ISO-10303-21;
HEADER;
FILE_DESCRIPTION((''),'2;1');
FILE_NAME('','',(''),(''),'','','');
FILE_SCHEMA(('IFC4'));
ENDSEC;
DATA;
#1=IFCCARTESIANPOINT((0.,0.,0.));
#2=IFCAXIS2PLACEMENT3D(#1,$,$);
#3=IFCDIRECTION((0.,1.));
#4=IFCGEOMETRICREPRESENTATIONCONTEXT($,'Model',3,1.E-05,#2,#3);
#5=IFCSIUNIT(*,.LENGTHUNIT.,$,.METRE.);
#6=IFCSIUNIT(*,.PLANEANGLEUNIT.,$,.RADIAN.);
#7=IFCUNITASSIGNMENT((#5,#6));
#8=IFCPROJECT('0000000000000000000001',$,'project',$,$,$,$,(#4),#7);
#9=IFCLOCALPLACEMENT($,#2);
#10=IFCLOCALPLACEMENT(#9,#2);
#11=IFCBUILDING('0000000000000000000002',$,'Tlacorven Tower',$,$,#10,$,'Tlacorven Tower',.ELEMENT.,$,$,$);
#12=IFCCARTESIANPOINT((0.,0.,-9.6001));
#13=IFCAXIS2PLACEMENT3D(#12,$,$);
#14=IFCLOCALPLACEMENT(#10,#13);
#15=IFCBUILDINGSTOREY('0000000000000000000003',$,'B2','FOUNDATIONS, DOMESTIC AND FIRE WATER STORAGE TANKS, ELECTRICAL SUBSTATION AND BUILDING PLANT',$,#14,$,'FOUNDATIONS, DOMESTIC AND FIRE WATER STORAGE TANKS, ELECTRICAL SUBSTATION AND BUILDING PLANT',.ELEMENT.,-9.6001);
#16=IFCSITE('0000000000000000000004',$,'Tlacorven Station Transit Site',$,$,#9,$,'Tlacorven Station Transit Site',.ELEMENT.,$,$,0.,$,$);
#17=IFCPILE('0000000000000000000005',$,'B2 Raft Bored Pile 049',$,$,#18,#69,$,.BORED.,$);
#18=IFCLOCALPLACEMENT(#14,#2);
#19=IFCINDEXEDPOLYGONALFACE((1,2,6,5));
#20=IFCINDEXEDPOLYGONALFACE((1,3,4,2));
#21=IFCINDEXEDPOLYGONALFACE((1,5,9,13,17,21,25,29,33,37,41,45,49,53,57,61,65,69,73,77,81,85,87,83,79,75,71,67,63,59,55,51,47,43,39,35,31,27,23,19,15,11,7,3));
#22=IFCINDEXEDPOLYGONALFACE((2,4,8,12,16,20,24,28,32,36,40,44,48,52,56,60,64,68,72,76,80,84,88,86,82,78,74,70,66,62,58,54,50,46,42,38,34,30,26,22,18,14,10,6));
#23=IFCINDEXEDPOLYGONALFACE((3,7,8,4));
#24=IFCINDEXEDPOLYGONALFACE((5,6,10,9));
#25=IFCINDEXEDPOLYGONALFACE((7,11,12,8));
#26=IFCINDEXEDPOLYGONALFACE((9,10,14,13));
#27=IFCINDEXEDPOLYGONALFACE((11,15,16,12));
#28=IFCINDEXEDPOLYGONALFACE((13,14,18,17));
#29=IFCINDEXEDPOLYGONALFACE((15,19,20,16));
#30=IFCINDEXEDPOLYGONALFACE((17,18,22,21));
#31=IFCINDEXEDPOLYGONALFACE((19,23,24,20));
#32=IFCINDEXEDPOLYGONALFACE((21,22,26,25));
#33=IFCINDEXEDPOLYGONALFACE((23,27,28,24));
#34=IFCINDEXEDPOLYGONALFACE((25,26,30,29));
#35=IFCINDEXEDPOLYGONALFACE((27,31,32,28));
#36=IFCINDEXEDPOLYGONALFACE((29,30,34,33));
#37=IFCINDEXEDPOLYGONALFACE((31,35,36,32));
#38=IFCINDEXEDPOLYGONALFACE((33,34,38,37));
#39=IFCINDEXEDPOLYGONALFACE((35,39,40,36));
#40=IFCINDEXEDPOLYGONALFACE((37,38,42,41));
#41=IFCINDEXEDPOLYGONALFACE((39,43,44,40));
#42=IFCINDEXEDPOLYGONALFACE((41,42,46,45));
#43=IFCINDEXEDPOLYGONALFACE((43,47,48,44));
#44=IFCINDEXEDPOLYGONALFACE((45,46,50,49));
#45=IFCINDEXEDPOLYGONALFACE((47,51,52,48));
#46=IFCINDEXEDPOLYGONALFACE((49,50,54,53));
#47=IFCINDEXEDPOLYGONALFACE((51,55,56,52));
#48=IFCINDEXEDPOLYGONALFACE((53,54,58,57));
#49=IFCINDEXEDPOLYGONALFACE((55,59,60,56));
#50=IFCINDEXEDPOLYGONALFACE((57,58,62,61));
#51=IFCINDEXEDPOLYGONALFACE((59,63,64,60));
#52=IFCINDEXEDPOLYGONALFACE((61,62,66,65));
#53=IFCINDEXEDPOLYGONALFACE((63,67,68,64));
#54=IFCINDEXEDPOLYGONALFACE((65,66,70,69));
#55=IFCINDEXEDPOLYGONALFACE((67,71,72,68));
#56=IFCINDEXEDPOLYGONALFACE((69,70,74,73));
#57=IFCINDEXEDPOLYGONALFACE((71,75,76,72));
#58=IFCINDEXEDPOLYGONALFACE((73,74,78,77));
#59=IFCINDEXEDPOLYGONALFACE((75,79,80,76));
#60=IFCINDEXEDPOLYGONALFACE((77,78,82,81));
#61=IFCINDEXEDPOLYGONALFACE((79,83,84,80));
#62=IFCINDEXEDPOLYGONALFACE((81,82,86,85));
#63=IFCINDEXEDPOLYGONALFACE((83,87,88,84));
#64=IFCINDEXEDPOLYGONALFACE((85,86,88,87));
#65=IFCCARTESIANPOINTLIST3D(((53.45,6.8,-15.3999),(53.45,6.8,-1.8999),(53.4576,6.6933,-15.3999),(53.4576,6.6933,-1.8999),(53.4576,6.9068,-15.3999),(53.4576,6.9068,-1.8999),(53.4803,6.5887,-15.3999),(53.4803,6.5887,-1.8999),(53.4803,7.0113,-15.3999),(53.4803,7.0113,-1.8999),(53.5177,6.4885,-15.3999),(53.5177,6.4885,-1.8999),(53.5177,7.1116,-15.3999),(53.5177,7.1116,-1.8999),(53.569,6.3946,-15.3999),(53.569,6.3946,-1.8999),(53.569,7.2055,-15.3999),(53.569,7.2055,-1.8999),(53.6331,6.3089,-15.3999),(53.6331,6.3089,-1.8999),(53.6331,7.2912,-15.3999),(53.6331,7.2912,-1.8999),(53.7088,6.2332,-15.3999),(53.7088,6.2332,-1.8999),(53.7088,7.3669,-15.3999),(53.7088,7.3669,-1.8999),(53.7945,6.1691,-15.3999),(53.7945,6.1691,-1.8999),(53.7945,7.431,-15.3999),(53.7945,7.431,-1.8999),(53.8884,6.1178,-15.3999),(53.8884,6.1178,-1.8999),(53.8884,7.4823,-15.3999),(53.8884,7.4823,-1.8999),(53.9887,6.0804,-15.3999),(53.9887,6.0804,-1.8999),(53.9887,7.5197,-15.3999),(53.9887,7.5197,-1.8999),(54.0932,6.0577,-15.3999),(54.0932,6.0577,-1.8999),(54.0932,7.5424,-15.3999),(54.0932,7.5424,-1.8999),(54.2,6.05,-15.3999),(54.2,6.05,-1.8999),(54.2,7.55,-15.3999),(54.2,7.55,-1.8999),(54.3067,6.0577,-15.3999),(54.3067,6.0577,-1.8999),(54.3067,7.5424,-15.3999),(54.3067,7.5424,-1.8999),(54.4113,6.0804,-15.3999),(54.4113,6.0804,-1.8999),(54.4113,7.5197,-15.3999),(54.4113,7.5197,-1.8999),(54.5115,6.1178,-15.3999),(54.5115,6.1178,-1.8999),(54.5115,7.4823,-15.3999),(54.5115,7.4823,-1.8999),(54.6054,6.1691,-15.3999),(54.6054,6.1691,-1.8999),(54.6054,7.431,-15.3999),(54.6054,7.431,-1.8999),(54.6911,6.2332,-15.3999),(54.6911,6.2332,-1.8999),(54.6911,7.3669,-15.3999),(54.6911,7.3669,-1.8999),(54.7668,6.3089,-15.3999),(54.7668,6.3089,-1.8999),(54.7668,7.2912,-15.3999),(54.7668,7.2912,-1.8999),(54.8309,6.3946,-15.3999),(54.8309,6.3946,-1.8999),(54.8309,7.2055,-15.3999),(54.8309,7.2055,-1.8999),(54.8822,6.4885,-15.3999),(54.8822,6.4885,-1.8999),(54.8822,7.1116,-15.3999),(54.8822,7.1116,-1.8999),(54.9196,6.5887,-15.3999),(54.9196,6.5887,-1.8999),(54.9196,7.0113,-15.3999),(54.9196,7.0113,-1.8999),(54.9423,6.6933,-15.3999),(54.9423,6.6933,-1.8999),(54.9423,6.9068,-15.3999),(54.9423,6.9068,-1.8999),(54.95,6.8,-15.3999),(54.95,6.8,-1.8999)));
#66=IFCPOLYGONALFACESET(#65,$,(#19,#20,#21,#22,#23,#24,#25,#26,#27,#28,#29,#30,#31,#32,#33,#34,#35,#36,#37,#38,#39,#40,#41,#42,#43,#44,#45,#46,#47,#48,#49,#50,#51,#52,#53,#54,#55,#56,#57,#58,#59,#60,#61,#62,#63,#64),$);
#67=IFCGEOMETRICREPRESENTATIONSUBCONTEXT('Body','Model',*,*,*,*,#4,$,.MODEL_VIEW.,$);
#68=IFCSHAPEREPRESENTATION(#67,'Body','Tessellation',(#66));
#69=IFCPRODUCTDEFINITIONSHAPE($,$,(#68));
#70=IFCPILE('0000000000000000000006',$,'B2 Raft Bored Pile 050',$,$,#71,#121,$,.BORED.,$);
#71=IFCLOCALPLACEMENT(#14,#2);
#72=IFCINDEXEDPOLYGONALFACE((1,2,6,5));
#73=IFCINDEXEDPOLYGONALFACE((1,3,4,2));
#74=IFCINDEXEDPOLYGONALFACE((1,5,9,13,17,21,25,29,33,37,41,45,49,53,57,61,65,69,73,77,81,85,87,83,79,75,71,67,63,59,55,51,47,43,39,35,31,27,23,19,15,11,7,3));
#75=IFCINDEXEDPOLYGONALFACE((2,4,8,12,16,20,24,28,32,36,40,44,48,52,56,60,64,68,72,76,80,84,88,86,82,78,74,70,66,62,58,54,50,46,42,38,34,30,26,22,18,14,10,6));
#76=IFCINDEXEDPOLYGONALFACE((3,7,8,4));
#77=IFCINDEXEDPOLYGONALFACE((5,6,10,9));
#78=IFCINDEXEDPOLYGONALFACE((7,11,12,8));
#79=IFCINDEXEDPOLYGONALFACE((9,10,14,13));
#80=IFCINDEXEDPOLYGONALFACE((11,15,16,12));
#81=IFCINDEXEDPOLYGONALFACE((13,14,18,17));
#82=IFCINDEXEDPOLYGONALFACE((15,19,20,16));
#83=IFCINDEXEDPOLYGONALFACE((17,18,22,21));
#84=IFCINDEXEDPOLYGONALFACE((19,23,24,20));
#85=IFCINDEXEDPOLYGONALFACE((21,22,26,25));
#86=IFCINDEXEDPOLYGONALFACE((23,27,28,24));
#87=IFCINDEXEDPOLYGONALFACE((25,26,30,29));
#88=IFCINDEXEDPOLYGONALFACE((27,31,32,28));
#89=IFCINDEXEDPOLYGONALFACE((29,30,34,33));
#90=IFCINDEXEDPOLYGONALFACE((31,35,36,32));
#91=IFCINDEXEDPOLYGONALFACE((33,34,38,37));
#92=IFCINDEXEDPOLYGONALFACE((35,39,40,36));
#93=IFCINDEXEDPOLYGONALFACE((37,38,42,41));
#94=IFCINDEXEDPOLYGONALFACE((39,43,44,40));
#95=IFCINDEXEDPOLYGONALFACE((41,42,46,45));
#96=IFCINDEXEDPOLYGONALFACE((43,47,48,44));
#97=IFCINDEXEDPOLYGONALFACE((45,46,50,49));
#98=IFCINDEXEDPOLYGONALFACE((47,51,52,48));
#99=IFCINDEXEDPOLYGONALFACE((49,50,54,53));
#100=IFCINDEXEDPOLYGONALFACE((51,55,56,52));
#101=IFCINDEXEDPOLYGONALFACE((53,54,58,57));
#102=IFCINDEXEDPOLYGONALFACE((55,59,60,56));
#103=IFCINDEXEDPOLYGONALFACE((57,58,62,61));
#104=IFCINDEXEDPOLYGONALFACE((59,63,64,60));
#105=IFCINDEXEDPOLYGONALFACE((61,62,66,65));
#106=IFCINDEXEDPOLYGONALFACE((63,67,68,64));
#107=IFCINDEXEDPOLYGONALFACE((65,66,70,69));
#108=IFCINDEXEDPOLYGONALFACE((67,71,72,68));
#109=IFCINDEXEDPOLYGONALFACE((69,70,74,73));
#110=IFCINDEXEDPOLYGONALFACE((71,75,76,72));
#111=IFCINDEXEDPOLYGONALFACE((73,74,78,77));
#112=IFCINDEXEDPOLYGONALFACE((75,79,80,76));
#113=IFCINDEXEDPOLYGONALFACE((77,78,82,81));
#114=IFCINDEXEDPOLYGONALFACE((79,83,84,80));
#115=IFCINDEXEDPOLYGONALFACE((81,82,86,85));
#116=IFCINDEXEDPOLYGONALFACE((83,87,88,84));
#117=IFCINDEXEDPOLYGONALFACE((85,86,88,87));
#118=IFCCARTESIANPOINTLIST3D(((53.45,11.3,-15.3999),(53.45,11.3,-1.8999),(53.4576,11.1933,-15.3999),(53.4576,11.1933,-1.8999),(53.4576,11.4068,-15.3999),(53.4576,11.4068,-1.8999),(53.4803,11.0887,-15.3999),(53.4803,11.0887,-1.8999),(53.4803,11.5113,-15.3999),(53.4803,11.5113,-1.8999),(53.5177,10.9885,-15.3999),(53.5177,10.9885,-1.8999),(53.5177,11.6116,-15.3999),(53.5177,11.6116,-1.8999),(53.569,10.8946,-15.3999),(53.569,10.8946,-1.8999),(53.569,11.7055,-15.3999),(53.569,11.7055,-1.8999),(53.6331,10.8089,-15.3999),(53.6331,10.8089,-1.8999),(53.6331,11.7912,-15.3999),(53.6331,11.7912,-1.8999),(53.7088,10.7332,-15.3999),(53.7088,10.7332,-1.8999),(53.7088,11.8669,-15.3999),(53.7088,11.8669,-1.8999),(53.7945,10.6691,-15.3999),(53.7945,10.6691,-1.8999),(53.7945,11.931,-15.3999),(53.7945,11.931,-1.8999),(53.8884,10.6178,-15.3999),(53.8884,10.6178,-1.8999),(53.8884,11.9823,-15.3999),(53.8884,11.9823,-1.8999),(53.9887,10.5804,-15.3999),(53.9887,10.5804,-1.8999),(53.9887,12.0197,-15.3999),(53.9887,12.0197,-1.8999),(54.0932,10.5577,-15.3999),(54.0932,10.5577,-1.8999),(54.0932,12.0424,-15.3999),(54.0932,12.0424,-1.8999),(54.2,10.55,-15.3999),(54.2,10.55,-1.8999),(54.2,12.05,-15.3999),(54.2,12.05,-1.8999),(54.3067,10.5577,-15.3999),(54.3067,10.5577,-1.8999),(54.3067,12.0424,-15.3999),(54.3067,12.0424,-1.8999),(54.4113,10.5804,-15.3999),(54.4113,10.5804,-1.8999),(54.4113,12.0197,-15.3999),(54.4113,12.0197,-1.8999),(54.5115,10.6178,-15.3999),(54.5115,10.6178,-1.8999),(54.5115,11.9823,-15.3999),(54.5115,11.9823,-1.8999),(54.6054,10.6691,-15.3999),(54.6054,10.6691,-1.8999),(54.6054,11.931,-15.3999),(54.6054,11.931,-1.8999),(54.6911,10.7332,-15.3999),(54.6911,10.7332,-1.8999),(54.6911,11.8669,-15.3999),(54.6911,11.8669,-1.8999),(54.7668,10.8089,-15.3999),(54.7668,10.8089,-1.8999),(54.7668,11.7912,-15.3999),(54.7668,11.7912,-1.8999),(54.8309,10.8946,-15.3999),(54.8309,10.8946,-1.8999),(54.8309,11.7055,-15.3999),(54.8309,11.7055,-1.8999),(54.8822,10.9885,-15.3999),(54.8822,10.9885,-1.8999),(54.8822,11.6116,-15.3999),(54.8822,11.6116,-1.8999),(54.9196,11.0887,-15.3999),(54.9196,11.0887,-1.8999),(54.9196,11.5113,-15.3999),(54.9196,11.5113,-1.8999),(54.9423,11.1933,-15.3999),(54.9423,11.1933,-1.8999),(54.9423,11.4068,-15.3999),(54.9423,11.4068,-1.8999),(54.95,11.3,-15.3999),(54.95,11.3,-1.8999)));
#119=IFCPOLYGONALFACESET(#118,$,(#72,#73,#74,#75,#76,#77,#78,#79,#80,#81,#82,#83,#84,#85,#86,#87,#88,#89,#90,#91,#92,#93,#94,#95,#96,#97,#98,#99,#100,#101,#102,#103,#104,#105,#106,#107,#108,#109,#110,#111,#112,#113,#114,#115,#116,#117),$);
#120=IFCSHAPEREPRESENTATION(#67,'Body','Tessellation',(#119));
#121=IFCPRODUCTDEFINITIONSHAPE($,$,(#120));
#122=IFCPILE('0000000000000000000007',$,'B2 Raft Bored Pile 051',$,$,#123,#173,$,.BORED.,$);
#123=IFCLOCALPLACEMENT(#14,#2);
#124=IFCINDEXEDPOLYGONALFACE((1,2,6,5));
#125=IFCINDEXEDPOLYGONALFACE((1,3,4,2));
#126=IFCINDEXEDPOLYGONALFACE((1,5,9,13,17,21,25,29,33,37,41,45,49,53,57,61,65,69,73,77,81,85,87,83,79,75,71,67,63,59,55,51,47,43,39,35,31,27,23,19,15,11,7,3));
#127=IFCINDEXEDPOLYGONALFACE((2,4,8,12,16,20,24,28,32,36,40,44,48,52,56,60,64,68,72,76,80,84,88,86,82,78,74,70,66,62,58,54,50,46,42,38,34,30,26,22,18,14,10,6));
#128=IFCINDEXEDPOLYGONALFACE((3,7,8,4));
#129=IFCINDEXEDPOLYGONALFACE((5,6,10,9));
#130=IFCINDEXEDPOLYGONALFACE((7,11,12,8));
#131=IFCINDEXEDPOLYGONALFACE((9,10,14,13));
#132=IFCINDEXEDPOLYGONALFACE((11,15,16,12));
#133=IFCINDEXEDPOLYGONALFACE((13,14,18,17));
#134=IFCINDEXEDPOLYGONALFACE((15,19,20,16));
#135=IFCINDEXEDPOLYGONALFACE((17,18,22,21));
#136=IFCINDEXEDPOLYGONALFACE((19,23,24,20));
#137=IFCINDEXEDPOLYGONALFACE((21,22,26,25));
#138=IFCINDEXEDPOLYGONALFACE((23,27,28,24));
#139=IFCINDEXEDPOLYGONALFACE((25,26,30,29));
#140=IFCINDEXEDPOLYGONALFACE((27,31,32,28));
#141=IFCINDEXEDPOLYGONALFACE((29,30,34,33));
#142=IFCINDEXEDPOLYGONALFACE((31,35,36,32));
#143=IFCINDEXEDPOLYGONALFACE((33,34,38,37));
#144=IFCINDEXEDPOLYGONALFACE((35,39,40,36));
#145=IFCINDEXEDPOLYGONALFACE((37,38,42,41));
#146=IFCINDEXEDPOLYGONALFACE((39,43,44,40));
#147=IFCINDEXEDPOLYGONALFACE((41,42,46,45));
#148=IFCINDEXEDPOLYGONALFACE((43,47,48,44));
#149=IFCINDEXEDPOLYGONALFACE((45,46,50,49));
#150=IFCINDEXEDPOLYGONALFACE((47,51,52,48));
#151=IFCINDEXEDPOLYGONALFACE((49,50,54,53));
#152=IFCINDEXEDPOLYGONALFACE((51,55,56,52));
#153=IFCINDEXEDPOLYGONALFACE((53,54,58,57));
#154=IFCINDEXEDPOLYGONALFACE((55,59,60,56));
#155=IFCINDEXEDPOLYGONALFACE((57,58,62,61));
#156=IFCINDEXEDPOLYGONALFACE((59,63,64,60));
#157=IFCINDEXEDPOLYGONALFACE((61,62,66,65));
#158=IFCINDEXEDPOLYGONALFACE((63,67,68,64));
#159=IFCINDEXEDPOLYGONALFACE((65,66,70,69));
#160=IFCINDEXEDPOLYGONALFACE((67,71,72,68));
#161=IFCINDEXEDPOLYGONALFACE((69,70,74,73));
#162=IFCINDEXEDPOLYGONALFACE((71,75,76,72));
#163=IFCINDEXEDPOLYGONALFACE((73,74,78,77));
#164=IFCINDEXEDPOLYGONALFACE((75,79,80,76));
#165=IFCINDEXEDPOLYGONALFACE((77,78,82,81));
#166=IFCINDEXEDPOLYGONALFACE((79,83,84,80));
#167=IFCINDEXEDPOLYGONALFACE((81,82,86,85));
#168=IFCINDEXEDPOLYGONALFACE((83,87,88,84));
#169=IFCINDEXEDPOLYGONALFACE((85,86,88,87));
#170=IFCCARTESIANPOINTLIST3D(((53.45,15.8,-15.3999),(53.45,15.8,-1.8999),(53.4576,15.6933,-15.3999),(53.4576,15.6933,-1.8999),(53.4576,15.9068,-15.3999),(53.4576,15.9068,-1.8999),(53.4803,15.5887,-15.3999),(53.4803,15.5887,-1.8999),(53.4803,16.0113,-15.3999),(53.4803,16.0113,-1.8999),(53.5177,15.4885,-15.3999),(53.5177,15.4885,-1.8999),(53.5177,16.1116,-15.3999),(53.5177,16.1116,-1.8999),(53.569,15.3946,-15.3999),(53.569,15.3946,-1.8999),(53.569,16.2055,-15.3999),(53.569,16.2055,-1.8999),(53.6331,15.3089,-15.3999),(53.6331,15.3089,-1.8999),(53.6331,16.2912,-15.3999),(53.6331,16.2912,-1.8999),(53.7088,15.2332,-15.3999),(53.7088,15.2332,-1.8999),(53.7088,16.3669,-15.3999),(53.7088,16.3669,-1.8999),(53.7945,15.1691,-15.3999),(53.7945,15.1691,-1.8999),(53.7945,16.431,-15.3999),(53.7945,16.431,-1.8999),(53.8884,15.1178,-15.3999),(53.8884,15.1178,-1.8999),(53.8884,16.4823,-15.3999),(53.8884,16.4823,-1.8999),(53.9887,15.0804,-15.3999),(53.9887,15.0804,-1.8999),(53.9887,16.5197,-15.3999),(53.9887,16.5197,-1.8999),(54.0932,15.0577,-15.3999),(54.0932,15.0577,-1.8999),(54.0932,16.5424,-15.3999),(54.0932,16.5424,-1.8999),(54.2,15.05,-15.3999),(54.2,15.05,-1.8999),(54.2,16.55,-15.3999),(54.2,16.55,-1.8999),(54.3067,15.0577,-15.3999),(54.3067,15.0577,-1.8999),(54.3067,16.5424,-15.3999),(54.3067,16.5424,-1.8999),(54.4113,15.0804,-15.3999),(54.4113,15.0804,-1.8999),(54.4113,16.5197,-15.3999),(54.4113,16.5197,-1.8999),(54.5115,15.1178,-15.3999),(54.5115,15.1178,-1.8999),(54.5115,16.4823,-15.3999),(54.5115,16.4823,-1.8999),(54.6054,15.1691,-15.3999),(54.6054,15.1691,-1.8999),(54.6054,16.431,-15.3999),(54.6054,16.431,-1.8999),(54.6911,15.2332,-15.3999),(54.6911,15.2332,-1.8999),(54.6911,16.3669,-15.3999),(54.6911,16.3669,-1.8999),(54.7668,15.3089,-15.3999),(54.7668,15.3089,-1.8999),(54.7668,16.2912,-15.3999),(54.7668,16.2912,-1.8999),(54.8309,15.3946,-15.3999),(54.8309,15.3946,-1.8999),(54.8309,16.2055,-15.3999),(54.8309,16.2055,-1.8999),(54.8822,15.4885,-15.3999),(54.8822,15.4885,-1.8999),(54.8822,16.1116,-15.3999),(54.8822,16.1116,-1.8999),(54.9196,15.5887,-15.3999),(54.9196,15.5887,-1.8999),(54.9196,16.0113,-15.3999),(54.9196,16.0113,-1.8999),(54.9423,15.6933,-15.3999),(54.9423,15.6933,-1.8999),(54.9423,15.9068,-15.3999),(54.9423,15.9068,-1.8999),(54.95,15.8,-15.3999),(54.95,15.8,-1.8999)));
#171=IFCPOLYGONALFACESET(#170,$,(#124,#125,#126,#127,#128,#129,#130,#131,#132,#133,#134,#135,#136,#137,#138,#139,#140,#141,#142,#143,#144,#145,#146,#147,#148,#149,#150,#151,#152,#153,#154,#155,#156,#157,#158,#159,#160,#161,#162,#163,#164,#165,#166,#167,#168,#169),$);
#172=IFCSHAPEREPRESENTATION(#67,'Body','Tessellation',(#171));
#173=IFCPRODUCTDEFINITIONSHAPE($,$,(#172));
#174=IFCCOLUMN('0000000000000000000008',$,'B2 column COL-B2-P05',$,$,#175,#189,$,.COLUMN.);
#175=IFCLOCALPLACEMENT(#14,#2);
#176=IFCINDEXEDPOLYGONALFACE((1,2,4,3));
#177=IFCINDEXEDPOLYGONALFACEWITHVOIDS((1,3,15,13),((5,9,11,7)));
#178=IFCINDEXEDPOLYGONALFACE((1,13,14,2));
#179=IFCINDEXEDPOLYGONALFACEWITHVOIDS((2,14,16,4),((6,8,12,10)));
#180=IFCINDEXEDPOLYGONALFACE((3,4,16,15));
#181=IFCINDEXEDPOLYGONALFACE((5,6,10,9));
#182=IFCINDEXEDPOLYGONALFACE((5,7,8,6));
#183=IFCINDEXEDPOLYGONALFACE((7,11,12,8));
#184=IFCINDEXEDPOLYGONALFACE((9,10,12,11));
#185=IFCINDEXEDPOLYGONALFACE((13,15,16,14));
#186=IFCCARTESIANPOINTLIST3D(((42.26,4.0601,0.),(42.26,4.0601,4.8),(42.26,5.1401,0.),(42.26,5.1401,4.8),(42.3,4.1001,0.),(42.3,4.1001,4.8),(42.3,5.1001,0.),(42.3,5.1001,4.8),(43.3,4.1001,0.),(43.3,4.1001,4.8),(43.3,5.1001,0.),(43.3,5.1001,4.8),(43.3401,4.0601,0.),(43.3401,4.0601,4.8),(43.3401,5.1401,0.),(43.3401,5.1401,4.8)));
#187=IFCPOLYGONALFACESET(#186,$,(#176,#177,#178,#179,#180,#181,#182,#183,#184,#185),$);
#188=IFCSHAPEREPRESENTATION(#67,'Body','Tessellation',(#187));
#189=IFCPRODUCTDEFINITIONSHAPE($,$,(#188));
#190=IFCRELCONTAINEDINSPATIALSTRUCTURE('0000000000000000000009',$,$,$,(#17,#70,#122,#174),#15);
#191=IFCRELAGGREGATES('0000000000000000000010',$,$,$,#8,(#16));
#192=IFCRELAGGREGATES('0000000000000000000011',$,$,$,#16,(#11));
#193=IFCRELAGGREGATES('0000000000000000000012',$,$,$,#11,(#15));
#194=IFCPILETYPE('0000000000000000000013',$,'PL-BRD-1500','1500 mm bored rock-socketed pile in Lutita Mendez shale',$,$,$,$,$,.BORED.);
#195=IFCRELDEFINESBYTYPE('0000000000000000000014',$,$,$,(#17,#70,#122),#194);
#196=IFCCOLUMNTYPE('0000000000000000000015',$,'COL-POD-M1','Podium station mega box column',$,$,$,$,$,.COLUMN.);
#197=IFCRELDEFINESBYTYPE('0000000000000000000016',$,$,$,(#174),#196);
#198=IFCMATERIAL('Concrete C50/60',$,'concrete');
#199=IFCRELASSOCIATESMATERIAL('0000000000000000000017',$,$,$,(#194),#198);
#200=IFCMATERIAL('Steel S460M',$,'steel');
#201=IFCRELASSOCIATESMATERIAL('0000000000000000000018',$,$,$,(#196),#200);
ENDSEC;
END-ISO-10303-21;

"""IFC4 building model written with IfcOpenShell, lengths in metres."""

from ifc_helpers import new_model, si_unit, direction, frame, origin, origin_2d, place, context, subcontext, project, spatial, hollow_rectangle, circle, extrude, source, transform, mapped, material, material_profile, profile_set, type_object, element, save


model = new_model("IFC4")

# Units and contexts
model_context = context("Model", 3, precision=1e-05, world=origin(), true_north=direction((0.0, 1.0)))
body_context = subcontext(model_context, "Body", "Model", "MODEL_VIEW")
ifc_project = project(units=[si_unit("LENGTHUNIT", "METRE"), si_unit("PLANEANGLEUNIT", "RADIAN")], contexts=[model_context])

# Site, building, storey
site_placement = place(None, origin())
site = spatial("IfcSite", under=ifc_project, at=site_placement, Name="Tlacorven Station Transit Site", LongName="Tlacorven Station Transit Site", CompositionType="ELEMENT", RefElevation=0.0)
building_placement = place(site_placement, origin())
building = spatial("IfcBuilding", under=site, at=building_placement, Name="Tlacorven Tower", LongName="Tlacorven Tower", CompositionType="ELEMENT")
storey_placement = place(building_placement, frame((0.0, 0.0, -9.6001)))
storey = spatial("IfcBuildingStorey", under=building, at=storey_placement, Name="B2", Description="FOUNDATIONS, DOMESTIC AND FIRE WATER STORAGE TANKS, ELECTRICAL SUBSTATION AND BUILDING PLANT", LongName="FOUNDATIONS, DOMESTIC AND FIRE WATER STORAGE TANKS, ELECTRICAL SUBSTATION AND BUILDING PLANT", CompositionType="ELEMENT", Elevation=-9.6001)

# Piles
ifc_material_1 = material(Name="Concrete C50/60", Category="concrete")
ifc_material_profile_1 = material_profile(ifc_material_1, circle(Radius=0.75, at=origin_2d()), Name="BORED PILE D1500")
ifc_profile_set_1 = profile_set([ifc_material_profile_1], Name="Concrete C50/60")
pile_type = type_object("IfcPileType", Name="PL-BRD-1500", Description="1500 mm bored rock-socketed pile in Lutita Mendez shale", PredefinedType="BORED", material=ifc_profile_set_1)
shared_shape_1 = source(origin(), body_context, "Body", "SweptSolid", [
    extrude(circle(Radius=0.75, at=origin_2d()), origin(), (0.0, 0.0, 1.0), 13.5),
])
for number, where, z_axis, x_axis, name in (
    (1, (54.2, 6.8, -1.8999), (0.0, 0.0, -1.0), (1.0, 0.0, 0.0), "B2 Raft Bored Pile 049"),
    (2, (54.2, 11.3, -1.8999), (0.0, 0.0, -1.0), (1.0, 0.0, 0.0), "B2 Raft Bored Pile 050"),
    (3, (54.2, 15.8, -1.8999), (0.0, 0.0, -1.0), (1.0, 0.0, 0.0), "B2 Raft Bored Pile 051"),
):
    element("IfcPile", number, at=place(storey_placement, frame(where, z_axis=z_axis, x_axis=x_axis)), inside=storey, type_object=pile_type, Name=name, PredefinedType="BORED", context=body_context, shape_type="MappedRepresentation", body=[
        mapped(shared_shape_1, transform((0.0, 0.0, 0.0), scale=1.0)),
    ])

# Column
ifc_material_2 = material(Name="Steel S460M", Category="steel")
ifc_material_profile_2 = material_profile(ifc_material_2, hollow_rectangle(XDim=1.0801, YDim=1.0801, WallThickness=0.04, at=origin_2d()), Name="BOX 1080X1080X40")
ifc_profile_set_2 = profile_set([ifc_material_profile_2], Name="Steel S460M")
column_type_1 = type_object("IfcColumnType", Name="COL-POD-M1", Description="Podium station mega box column", PredefinedType="COLUMN", material=ifc_profile_set_2)
shared_shape_2 = source(origin(), body_context, "Body", "SweptSolid", [
    extrude(hollow_rectangle(XDim=1.0801, YDim=1.0801, WallThickness=0.04, at=origin_2d()), origin(), (0.0, 0.0, 1.0), 4.8),
])
column_1_placement = place(storey_placement, frame((42.8, 4.6001, 0.0), z_axis=(0.0, 0.0, 1.0), x_axis=(1.0, 0.0, 0.0)))
element("IfcColumn", 4, at=column_1_placement, inside=storey, type_object=column_type_1, Name="B2 column COL-B2-P05", PredefinedType="COLUMN", context=body_context, shape_type="MappedRepresentation", body=[
    mapped(shared_shape_2, transform((0.0, 0.0, 0.0), scale=1.0)),
])

save(model, "model.ifc")
